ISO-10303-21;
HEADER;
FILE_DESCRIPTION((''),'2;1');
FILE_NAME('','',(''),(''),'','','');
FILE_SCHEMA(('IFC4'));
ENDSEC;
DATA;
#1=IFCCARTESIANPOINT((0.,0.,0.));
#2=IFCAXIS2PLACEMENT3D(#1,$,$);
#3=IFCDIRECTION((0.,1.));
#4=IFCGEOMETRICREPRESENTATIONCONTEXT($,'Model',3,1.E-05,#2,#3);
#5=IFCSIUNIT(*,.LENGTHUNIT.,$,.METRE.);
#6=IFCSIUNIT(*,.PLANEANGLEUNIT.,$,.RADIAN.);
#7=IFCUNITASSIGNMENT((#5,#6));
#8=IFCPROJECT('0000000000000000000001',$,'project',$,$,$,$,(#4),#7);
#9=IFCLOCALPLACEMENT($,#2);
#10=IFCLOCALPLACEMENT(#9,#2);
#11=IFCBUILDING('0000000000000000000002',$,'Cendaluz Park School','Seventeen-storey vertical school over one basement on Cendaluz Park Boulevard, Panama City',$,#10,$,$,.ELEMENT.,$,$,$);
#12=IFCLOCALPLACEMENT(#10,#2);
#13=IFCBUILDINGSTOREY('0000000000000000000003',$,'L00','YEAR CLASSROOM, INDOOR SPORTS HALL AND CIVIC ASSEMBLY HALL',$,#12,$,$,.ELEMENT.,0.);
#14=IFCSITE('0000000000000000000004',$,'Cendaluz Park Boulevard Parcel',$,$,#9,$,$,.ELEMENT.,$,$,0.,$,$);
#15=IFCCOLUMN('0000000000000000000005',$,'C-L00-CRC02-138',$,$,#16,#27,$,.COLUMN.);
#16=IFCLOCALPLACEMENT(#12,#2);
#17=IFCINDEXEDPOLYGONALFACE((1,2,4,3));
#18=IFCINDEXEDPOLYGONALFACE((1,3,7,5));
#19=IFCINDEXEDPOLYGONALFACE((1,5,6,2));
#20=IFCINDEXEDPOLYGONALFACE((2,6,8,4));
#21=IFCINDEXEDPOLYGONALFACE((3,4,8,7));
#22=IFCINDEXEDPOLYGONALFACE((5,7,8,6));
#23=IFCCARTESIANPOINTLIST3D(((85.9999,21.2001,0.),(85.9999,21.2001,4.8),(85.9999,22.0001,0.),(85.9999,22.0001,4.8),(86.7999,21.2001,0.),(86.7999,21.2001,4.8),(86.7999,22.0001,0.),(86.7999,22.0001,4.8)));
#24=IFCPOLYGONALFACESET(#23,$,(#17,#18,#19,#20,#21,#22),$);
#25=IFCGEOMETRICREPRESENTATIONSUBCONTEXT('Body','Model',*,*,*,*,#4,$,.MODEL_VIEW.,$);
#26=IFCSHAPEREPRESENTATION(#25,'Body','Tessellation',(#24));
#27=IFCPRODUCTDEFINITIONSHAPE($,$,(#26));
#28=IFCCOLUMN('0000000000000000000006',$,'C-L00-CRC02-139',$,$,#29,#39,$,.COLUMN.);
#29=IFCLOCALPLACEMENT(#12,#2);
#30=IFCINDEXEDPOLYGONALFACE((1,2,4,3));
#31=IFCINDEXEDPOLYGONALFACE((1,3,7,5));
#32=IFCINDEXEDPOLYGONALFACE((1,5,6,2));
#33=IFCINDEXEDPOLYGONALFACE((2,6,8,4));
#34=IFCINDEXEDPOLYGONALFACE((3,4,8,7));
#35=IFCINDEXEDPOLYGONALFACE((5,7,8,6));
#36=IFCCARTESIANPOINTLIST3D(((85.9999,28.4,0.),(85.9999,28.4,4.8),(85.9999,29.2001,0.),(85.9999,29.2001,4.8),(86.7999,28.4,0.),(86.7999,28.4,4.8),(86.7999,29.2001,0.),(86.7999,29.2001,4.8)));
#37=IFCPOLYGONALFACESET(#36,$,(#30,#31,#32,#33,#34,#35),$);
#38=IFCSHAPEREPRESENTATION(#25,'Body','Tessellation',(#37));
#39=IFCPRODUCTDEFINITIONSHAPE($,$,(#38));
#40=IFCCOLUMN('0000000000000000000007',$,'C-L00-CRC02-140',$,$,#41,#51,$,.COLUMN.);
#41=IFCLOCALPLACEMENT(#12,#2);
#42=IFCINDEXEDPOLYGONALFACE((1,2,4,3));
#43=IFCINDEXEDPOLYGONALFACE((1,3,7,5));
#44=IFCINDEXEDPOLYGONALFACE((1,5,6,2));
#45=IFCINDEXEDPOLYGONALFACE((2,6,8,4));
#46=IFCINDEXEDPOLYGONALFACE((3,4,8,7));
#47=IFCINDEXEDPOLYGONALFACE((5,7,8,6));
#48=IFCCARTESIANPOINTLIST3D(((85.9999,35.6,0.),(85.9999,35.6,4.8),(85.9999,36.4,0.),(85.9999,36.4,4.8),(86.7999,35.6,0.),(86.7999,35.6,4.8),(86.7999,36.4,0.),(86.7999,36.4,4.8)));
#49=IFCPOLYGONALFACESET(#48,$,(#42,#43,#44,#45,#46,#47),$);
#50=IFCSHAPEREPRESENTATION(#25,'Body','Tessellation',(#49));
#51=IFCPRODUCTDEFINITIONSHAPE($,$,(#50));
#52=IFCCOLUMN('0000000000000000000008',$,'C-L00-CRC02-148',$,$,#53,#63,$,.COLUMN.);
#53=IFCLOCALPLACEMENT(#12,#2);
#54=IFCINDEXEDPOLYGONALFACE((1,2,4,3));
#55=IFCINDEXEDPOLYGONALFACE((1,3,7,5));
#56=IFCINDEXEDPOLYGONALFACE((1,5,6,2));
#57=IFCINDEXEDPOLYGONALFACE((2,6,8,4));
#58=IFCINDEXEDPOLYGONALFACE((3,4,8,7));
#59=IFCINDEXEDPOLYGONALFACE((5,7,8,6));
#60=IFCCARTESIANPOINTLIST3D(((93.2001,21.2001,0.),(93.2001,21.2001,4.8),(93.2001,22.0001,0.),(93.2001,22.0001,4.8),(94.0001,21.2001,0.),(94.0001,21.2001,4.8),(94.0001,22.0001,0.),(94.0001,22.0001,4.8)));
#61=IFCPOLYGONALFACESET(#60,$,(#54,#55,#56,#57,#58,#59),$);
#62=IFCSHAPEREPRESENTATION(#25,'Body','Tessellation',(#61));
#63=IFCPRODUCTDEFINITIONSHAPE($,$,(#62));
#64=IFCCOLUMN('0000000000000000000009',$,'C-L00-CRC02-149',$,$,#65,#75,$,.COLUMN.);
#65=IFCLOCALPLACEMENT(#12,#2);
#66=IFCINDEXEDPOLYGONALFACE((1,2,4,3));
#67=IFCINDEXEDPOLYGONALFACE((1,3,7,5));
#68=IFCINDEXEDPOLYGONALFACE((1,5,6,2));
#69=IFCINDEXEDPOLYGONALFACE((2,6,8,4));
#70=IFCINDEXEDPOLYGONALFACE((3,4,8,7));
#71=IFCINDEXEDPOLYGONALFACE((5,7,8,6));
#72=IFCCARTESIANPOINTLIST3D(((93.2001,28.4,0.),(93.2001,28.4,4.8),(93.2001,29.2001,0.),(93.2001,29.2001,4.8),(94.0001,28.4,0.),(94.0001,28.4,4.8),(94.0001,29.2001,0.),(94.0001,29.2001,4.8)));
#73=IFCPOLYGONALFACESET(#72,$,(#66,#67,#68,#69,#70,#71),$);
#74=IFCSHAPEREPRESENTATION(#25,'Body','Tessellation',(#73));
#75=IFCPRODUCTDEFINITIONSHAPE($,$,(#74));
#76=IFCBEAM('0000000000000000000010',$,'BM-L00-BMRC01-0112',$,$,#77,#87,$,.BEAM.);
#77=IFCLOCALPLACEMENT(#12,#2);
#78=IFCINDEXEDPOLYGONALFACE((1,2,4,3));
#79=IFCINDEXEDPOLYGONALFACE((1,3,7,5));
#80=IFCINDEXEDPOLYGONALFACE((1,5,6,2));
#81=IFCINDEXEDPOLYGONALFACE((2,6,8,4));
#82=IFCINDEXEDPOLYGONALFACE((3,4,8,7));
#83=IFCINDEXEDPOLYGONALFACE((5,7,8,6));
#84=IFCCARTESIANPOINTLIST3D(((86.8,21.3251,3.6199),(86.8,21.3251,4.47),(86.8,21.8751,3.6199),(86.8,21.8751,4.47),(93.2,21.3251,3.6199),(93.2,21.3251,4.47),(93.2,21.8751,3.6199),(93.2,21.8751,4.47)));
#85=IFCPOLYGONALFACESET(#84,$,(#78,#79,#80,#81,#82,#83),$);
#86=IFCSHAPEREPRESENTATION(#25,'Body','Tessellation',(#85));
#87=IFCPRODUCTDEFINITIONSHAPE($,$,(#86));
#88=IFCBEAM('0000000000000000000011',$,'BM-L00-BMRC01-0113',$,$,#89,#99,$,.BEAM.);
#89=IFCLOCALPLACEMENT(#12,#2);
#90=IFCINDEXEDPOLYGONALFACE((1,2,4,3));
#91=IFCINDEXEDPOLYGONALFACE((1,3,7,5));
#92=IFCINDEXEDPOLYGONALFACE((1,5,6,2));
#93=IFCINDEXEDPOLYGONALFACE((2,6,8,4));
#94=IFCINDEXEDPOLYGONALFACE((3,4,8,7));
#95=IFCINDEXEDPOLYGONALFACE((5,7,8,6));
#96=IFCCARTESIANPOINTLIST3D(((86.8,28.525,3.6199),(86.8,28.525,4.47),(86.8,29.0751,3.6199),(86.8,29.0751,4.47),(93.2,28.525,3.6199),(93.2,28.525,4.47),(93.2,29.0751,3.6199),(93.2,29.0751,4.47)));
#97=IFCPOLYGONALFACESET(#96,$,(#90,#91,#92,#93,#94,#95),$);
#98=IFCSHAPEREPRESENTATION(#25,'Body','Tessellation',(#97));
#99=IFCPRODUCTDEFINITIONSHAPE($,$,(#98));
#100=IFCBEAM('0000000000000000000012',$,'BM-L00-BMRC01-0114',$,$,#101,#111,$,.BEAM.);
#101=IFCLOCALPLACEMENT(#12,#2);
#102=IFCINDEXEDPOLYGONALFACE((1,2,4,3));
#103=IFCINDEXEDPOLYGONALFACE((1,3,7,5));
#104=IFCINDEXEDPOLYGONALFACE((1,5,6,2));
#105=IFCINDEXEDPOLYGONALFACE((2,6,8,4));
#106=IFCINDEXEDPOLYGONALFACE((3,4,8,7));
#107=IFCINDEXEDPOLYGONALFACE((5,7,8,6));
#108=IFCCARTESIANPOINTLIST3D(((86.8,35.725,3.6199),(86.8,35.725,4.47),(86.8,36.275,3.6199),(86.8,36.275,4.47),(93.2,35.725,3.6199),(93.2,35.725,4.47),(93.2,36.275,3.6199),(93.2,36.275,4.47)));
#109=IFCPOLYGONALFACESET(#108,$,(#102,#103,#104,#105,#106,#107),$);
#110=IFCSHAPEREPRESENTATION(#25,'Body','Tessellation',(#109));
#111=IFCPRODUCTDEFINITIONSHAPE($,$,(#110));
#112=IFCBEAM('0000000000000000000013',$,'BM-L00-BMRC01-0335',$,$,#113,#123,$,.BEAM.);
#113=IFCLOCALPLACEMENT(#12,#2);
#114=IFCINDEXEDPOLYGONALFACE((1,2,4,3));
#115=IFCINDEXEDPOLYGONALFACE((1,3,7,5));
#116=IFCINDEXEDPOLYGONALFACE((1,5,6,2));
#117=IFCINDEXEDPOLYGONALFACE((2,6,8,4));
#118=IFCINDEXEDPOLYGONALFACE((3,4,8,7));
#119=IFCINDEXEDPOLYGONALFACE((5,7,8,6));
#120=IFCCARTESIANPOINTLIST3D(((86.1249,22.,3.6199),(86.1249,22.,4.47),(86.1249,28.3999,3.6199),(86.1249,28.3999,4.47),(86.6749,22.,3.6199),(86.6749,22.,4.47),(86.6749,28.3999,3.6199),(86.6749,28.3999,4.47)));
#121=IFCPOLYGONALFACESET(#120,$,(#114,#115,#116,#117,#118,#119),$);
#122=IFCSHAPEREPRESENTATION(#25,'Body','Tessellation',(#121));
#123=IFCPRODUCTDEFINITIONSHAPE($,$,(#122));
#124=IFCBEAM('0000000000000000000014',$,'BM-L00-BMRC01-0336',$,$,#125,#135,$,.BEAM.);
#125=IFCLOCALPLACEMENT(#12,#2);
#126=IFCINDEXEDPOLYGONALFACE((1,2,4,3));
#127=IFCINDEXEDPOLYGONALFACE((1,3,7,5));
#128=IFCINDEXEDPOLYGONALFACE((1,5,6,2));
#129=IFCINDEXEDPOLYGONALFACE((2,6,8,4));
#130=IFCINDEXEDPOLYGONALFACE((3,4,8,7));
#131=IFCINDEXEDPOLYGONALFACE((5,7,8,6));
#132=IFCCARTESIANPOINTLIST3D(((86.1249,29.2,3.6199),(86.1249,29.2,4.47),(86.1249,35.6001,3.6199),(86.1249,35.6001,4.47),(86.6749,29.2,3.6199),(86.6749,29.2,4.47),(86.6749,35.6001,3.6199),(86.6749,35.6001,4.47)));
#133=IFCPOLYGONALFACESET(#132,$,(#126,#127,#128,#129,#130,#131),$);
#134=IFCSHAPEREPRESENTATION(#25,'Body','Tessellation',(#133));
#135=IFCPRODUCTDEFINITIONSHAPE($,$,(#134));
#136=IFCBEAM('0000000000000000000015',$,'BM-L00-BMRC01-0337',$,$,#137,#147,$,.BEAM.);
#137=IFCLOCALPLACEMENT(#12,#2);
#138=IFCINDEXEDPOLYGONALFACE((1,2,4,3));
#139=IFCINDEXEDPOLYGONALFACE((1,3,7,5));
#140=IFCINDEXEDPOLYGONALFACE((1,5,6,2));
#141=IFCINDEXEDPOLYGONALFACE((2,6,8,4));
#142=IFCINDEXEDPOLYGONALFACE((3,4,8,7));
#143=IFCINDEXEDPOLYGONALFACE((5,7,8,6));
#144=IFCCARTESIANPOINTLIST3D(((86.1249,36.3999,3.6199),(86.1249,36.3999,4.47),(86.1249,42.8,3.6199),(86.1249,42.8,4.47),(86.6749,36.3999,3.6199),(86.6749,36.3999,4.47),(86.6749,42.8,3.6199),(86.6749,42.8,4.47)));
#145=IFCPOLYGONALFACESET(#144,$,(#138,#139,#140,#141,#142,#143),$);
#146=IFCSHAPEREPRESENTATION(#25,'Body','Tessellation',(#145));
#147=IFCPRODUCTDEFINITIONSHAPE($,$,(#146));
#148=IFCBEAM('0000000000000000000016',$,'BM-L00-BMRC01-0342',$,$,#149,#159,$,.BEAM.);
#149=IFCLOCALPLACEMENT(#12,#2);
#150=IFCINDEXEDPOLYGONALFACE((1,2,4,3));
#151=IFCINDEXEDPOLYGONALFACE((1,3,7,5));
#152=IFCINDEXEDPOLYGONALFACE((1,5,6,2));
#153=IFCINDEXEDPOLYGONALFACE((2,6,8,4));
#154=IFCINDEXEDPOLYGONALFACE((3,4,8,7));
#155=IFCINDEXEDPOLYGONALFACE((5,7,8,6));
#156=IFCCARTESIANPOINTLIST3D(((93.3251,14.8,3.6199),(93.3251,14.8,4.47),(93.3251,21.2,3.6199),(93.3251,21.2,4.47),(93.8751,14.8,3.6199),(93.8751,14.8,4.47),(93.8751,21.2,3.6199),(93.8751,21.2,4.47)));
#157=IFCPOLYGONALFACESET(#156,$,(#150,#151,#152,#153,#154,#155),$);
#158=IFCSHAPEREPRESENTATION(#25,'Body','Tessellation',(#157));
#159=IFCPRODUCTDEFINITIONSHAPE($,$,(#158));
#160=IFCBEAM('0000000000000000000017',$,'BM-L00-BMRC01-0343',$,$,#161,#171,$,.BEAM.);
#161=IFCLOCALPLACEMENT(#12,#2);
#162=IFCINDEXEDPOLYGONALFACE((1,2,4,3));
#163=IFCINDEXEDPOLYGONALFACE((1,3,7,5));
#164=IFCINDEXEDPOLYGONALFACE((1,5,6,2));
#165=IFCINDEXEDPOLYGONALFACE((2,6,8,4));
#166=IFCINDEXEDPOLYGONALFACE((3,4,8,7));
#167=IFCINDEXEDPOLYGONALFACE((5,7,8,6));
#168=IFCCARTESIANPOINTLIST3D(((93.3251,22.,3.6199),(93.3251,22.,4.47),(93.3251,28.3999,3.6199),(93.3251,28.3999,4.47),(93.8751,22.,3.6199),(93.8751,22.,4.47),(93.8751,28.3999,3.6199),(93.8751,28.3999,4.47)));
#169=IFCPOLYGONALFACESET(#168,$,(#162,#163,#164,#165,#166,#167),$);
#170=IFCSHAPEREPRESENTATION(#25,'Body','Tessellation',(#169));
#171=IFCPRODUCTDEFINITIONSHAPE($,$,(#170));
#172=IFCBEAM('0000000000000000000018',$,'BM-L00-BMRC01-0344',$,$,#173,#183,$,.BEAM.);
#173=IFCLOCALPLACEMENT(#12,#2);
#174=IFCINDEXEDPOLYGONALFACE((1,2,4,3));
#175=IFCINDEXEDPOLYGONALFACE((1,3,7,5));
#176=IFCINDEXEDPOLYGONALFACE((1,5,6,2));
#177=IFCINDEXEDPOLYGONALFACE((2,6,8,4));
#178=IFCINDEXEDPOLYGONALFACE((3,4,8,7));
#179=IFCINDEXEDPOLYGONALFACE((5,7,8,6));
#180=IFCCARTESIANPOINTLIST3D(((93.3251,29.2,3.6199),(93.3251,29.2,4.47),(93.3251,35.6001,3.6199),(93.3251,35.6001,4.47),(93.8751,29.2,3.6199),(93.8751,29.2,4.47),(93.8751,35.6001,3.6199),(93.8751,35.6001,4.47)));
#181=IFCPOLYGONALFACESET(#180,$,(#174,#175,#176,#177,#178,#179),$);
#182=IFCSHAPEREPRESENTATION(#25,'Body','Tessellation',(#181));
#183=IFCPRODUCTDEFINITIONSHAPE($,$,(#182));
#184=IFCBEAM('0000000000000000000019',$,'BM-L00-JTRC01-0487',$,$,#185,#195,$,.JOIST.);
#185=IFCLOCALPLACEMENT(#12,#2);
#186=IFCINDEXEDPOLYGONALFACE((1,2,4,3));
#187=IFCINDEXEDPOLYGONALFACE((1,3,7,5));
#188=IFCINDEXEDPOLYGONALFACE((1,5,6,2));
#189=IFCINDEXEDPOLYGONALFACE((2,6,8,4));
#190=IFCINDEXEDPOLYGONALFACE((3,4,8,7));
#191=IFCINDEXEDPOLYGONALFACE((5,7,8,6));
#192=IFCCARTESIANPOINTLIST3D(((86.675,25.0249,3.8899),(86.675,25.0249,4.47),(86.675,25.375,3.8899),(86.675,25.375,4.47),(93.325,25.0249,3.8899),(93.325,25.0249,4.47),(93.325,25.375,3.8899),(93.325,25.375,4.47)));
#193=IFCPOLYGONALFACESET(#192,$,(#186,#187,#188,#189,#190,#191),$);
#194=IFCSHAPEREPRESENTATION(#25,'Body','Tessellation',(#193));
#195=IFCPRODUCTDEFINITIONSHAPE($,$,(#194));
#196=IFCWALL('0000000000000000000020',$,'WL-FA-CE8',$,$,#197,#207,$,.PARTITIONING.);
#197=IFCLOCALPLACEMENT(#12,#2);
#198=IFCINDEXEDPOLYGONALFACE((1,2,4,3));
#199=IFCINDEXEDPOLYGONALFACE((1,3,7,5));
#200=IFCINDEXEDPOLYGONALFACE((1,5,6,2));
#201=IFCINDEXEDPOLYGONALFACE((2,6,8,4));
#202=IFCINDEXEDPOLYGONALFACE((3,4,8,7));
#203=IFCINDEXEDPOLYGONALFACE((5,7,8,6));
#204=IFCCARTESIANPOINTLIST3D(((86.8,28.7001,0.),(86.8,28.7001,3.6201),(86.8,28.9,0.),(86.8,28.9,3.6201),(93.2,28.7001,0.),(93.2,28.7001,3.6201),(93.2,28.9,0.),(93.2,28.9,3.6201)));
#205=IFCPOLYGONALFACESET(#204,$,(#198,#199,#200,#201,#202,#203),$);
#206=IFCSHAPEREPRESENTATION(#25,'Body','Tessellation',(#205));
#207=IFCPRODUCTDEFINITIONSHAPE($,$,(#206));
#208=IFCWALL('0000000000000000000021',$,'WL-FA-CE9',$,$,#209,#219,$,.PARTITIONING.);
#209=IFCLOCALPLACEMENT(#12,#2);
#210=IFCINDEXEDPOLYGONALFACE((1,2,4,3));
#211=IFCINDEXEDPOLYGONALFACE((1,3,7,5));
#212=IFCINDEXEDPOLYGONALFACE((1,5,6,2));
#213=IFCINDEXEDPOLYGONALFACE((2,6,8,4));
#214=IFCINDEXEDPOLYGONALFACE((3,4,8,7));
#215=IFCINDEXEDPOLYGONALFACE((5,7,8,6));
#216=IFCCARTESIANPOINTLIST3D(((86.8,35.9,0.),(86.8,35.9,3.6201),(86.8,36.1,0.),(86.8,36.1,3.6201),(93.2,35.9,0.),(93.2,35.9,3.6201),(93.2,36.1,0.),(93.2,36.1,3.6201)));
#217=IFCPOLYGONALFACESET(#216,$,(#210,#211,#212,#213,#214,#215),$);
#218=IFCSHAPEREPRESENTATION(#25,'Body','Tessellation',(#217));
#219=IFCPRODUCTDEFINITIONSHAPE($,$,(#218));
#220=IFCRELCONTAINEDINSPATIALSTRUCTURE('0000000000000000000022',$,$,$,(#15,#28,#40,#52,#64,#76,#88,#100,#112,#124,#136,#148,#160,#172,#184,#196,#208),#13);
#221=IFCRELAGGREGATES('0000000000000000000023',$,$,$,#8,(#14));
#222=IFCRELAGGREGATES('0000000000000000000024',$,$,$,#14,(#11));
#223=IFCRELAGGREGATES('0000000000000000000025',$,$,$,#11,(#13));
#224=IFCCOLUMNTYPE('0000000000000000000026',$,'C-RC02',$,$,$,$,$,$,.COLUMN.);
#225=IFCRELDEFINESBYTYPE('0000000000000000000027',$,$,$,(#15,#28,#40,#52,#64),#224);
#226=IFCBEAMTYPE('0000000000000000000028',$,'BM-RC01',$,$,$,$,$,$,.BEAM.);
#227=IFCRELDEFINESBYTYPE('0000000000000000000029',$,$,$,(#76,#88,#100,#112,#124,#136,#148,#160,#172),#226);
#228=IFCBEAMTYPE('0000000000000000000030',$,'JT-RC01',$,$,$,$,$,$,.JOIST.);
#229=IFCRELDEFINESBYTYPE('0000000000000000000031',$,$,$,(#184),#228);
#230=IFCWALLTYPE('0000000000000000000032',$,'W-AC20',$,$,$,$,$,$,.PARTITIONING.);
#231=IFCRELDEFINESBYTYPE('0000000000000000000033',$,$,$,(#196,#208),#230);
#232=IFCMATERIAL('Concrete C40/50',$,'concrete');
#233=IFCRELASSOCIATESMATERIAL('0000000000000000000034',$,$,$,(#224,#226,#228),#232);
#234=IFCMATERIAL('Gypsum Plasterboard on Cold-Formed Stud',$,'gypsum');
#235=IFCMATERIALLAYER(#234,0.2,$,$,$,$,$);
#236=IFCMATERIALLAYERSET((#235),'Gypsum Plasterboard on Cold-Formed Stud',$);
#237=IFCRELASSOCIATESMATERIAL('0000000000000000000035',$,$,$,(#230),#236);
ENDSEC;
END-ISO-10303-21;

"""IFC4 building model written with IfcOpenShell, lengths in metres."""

from ifc_helpers import new_model, si_unit, direction, frame, frame_2d, origin, origin_2d, place, context, subcontext, project, spatial, rectangle, extrude, material, layer, layer_set, material_profile, profile_set, type_object, element, save


model = new_model("IFC4")

# Units and contexts
model_context = context("Model", 3, precision=1e-05, world=origin(), true_north=direction((0.0, 1.0)))
body_context = subcontext(model_context, "Body", "Model", "MODEL_VIEW")
ifc_project = project(units=[si_unit("LENGTHUNIT", "METRE"), si_unit("PLANEANGLEUNIT", "RADIAN")], contexts=[model_context])

# Site, building, storey
site_placement = place(None, origin())
site = spatial("IfcSite", under=ifc_project, at=site_placement, Name="Cendaluz Park Boulevard Parcel", CompositionType="ELEMENT", RefElevation=0.0)
building_placement = place(site_placement, origin())
building = spatial("IfcBuilding", under=site, at=building_placement, Name="Cendaluz Park School", Description="Seventeen-storey vertical school over one basement on Cendaluz Park Boulevard, Panama City", CompositionType="ELEMENT")
storey_placement = place(building_placement, origin())
storey = spatial("IfcBuildingStorey", under=building, at=storey_placement, Name="L00", Description="YEAR CLASSROOM, INDOOR SPORTS HALL AND CIVIC ASSEMBLY HALL", CompositionType="ELEMENT", Elevation=0.0)

# Columns
ifc_material_1 = material(Name="Concrete C40/50", Category="concrete")
ifc_material_profile_1 = material_profile(ifc_material_1, rectangle(XDim=0.8, YDim=0.8, at=origin_2d()), Name="RC 800x800", Category="concrete")
ifc_profile_set_1 = profile_set([ifc_material_profile_1], Name="Concrete C40/50")
column_type = type_object("IfcColumnType", Name="C-RC02", PredefinedType="COLUMN", material=ifc_profile_set_1)
for number, where, z_axis, x_axis, name in (
    (1, (86.3999, 21.6001, 0.0), (0.0, 0.0, 1.0), (1.0, 0.0, 0.0), "C-L00-CRC02-138"),
    (2, (86.3999, 28.8, 0.0), (0.0, 0.0, 1.0), (1.0, 0.0, 0.0), "C-L00-CRC02-139"),
    (3, (86.3999, 36.0, 0.0), (0.0, 0.0, 1.0), (1.0, 0.0, 0.0), "C-L00-CRC02-140"),
    (4, (93.6001, 21.6001, 0.0), (0.0, 0.0, 1.0), (1.0, 0.0, 0.0), "C-L00-CRC02-148"),
    (5, (93.6001, 28.8, 0.0), (0.0, 0.0, 1.0), (1.0, 0.0, 0.0), "C-L00-CRC02-149"),
):
    element("IfcColumn", number, at=place(storey_placement, frame(where, z_axis=z_axis, x_axis=x_axis)), inside=storey, type_object=column_type, Name=name, PredefinedType="COLUMN", context=body_context, shape_type="SweptSolid", body=[
        extrude(rectangle(XDim=0.8, YDim=0.8, at=origin_2d()), origin(), (0.0, 0.0, 1.0), 4.8),
    ])

# Beams
ifc_material_profile_2 = material_profile(ifc_material_1, rectangle(XDim=0.55, YDim=0.8501, at=origin_2d()), Name="RC 550x850", Category="concrete")
ifc_profile_set_2 = profile_set([ifc_material_profile_2], Name="Concrete C40/50")
beam_type_1 = type_object("IfcBeamType", Name="BM-RC01", PredefinedType="BEAM", material=ifc_profile_set_2)
for number, where, z_axis, x_axis, name in (
    (6, (86.8, 21.6001, 4.0449), (1.0, 0.0, 0.0), (0.0, 1.0, 0.0), "BM-L00-BMRC01-0112"),
    (7, (86.8, 28.8, 4.0449), (1.0, 0.0, 0.0), (0.0, 1.0, 0.0), "BM-L00-BMRC01-0113"),
    (8, (86.8, 36.0, 4.0449), (1.0, 0.0, 0.0), (0.0, 1.0, 0.0), "BM-L00-BMRC01-0114"),
    (9, (86.3999, 22.0, 4.0449), (0.0, 1.0, 0.0), (-1.0, 0.0, 0.0), "BM-L00-BMRC01-0335"),
):
    element("IfcBeam", number, at=place(storey_placement, frame(where, z_axis=z_axis, x_axis=x_axis)), inside=storey, type_object=beam_type_1, Name=name, PredefinedType="BEAM", context=body_context, shape_type="SweptSolid", body=[
        extrude(rectangle(XDim=0.55, YDim=0.8501, at=origin_2d()), origin(), (0.0, 0.0, 1.0), 6.3999),
    ])
for number, where, z_axis, x_axis, name in (
    (10, (86.3999, 29.2, 4.0449), (0.0, 1.0, 0.0), (-1.0, 0.0, 0.0), "BM-L00-BMRC01-0336"),
    (11, (86.3999, 36.3999, 4.0449), (0.0, 1.0, 0.0), (-1.0, 0.0, 0.0), "BM-L00-BMRC01-0337"),
):
    element("IfcBeam", number, at=place(storey_placement, frame(where, z_axis=z_axis, x_axis=x_axis)), inside=storey, type_object=beam_type_1, Name=name, PredefinedType="BEAM", context=body_context, shape_type="SweptSolid", body=[
        extrude(rectangle(XDim=0.55, YDim=0.8501, at=origin_2d()), origin(), (0.0, 0.0, 1.0), 6.4001),
    ])
for number, where, z_axis, x_axis, name in (
    (12, (93.6001, 14.8, 4.0449), (0.0, 1.0, 0.0), (-1.0, 0.0, 0.0), "BM-L00-BMRC01-0342"),
    (13, (93.6001, 22.0, 4.0449), (0.0, 1.0, 0.0), (-1.0, 0.0, 0.0), "BM-L00-BMRC01-0343"),
):
    element("IfcBeam", number, at=place(storey_placement, frame(where, z_axis=z_axis, x_axis=x_axis)), inside=storey, type_object=beam_type_1, Name=name, PredefinedType="BEAM", context=body_context, shape_type="SweptSolid", body=[
        extrude(rectangle(XDim=0.55, YDim=0.8501, at=origin_2d()), origin(), (0.0, 0.0, 1.0), 6.3999),
    ])
beam_1_placement = place(storey_placement, frame((93.6001, 29.2, 4.0449), z_axis=(0.0, 1.0, 0.0), x_axis=(-1.0, 0.0, 0.0)))
element("IfcBeam", 14, at=beam_1_placement, inside=storey, type_object=beam_type_1, Name="BM-L00-BMRC01-0344", PredefinedType="BEAM", context=body_context, shape_type="SweptSolid", body=[
    extrude(rectangle(XDim=0.55, YDim=0.8501, at=origin_2d()), origin(), (0.0, 0.0, 1.0), 6.4001),
])
ifc_material_profile_3 = material_profile(ifc_material_1, rectangle(XDim=0.3501, YDim=0.5801, at=origin_2d()), Name="RC 350x580", Category="concrete")
ifc_profile_set_3 = profile_set([ifc_material_profile_3], Name="Concrete C40/50")
beam_type_2 = type_object("IfcBeamType", Name="JT-RC01", PredefinedType="JOIST", material=ifc_profile_set_3)
beam_2_placement = place(storey_placement, frame((86.675, 25.2, 4.1799), z_axis=(1.0, 0.0, 0.0), x_axis=(0.0, 1.0, 0.0)))
element("IfcBeam", 15, at=beam_2_placement, inside=storey, type_object=beam_type_2, Name="BM-L00-JTRC01-0487", PredefinedType="JOIST", context=body_context, shape_type="SweptSolid", body=[
    extrude(rectangle(XDim=0.3501, YDim=0.5801, at=origin_2d()), origin(), (0.0, 0.0, 1.0), 6.6499),
])

# Walls
ifc_material_2 = material(Name="Gypsum Plasterboard on Cold-Formed Stud", Category="gypsum")
ifc_layer = layer(ifc_material_2, 0.2)
ifc_layer_set = layer_set([ifc_layer], Name="Gypsum Plasterboard on Cold-Formed Stud")
wall_type = type_object("IfcWallType", Name="W-AC20", PredefinedType="PARTITIONING", material=ifc_layer_set)
for number, where, z_axis, x_axis, name in (
    (16, (86.8, 28.8, 0.0), (0.0, 0.0, 1.0), (1.0, 0.0, 0.0), "WL-FA-CE8"),
    (17, (86.8, 36.0, 0.0), (0.0, 0.0, 1.0), (1.0, 0.0, 0.0), "WL-FA-CE9"),
):
    element("IfcWall", number, at=place(storey_placement, frame(where, z_axis=z_axis, x_axis=x_axis)), inside=storey, type_object=wall_type, Name=name, PredefinedType="PARTITIONING", context=body_context, shape_type="SweptSolid", body=[
        extrude(rectangle(XDim=6.3999, YDim=0.2, at=frame_2d((3.2, 0.0))), origin(), (0.0, 0.0, 1.0), 3.6201),
    ])

save(model, "model.ifc")
